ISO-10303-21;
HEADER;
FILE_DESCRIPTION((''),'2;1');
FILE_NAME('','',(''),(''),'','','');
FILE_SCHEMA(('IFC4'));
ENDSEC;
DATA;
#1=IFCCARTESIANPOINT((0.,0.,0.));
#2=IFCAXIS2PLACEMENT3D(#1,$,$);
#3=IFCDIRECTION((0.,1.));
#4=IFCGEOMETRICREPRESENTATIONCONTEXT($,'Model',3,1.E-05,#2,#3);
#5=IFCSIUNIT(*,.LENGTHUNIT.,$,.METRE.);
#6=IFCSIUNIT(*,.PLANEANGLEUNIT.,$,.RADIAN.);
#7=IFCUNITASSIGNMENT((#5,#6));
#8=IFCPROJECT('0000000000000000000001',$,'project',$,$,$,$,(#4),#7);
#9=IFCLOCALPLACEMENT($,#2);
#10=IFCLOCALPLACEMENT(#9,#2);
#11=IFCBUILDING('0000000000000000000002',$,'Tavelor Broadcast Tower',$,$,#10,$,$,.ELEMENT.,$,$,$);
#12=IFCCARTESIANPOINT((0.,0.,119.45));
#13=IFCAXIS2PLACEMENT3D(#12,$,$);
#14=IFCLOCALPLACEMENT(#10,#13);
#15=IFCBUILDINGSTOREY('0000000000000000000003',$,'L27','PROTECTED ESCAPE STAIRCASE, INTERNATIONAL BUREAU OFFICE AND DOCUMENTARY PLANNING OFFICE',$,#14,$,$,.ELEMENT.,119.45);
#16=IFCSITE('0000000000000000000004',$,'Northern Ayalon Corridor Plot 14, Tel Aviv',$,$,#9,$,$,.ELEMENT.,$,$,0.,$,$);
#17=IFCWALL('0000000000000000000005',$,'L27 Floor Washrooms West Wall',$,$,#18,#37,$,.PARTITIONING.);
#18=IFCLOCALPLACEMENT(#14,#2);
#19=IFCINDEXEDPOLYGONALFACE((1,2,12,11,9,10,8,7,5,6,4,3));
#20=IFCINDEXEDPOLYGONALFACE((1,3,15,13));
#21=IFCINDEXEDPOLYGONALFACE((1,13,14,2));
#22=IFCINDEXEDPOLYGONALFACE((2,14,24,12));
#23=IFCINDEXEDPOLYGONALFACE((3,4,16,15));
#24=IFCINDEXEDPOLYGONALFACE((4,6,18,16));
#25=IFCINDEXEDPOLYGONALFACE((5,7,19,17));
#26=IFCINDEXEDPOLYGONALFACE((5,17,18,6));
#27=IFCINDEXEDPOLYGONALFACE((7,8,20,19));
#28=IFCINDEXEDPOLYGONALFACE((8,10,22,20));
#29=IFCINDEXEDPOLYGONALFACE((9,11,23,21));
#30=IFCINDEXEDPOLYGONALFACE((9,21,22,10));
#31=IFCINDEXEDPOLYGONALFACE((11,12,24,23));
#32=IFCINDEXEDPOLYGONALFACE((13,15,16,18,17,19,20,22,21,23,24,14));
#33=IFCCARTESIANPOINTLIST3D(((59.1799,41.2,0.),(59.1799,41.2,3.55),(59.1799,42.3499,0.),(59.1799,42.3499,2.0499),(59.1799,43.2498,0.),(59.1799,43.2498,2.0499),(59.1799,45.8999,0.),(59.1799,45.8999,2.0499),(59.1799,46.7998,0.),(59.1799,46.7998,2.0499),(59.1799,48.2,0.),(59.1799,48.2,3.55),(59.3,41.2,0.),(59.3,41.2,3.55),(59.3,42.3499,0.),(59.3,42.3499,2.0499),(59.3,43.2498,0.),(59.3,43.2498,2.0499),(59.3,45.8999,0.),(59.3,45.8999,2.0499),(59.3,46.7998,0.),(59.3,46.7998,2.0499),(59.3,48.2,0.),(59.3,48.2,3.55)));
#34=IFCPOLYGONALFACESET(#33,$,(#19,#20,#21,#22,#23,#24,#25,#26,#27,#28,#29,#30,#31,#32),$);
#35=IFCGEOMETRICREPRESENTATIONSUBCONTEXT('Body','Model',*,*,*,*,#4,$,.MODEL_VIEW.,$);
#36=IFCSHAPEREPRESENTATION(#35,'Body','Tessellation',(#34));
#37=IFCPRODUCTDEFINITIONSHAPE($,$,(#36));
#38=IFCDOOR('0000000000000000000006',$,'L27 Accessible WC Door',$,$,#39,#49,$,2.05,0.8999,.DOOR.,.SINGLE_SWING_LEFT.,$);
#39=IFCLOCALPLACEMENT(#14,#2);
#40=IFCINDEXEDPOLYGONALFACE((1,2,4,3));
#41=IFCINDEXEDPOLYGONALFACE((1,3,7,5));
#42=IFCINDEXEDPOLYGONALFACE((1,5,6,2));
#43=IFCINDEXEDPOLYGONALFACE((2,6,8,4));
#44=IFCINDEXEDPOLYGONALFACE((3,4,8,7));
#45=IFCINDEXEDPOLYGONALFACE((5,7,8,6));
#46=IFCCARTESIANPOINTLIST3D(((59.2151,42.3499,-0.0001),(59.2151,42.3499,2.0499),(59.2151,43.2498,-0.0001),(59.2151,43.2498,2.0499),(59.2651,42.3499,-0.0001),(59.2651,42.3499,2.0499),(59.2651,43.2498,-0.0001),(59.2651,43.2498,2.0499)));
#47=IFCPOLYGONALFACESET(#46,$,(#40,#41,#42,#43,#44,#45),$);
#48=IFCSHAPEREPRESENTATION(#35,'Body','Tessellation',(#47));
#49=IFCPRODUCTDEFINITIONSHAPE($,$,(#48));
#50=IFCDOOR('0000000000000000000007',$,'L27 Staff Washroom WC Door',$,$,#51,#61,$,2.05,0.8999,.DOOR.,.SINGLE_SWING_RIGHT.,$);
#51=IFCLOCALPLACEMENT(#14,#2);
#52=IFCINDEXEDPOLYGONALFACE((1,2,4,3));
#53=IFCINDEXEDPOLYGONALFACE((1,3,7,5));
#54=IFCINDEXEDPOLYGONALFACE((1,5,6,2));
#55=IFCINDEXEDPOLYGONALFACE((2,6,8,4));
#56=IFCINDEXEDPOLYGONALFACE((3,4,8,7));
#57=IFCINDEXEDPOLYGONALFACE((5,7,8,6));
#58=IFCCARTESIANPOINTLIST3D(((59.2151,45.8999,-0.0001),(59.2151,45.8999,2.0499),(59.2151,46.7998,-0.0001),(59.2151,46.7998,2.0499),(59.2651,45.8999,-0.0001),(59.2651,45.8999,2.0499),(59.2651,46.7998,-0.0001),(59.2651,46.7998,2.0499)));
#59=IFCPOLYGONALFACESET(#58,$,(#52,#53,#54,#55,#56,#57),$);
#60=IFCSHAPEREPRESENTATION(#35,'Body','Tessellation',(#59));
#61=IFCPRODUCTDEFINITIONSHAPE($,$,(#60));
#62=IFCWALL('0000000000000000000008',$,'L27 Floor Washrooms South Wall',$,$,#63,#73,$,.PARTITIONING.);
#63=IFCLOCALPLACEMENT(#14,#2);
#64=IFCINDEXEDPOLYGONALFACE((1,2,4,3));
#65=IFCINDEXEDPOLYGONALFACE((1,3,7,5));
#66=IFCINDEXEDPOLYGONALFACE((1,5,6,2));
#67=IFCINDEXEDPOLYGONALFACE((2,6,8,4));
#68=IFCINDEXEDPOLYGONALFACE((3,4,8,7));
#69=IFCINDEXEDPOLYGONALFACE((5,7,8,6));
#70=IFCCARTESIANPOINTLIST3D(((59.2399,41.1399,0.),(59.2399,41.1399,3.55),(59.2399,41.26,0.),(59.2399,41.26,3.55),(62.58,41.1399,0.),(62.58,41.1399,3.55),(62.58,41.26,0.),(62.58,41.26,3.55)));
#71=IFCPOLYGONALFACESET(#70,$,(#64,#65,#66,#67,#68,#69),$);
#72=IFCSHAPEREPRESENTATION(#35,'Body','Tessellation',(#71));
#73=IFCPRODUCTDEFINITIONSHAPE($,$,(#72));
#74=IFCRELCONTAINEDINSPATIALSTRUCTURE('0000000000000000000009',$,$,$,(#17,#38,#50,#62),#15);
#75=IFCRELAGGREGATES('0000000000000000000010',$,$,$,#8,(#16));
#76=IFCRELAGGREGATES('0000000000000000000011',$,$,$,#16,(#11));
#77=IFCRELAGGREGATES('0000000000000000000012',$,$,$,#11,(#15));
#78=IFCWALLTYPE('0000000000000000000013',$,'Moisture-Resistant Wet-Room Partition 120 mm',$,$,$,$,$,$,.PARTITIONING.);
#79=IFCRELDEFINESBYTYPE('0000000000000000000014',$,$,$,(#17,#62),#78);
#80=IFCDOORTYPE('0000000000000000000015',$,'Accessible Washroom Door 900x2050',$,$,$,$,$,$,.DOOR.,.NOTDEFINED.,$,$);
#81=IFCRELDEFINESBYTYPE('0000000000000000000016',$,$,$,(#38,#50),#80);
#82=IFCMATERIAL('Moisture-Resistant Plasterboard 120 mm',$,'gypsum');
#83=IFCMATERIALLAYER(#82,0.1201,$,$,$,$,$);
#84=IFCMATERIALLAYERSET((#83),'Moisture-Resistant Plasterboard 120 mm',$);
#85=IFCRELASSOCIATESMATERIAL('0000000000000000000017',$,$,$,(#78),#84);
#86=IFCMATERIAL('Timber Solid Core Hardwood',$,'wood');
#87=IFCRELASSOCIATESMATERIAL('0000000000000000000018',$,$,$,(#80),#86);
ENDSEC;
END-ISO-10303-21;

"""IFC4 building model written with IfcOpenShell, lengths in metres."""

from ifc_helpers import new_model, si_unit, direction, frame, frame_2d, origin, place, context, subcontext, project, spatial, rectangle, extrude, material, layer, layer_set, type_object, element, fill, save


model = new_model("IFC4")

# Units and contexts
model_context = context("Model", 3, precision=1e-05, world=origin(), true_north=direction((0.0, 1.0)))
body_context = subcontext(model_context, "Body", "Model", "MODEL_VIEW")
ifc_project = project(units=[si_unit("LENGTHUNIT", "METRE"), si_unit("PLANEANGLEUNIT", "RADIAN")], contexts=[model_context])

# Site, building, storey
site_placement = place(None, origin())
site = spatial("IfcSite", under=ifc_project, at=site_placement, Name="Northern Ayalon Corridor Plot 14, Tel Aviv", CompositionType="ELEMENT", RefElevation=0.0)
building_placement = place(site_placement, origin())
building = spatial("IfcBuilding", under=site, at=building_placement, Name="Tavelor Broadcast Tower", CompositionType="ELEMENT")
storey_placement = place(building_placement, frame((0.0, 0.0, 119.45)))
storey = spatial("IfcBuildingStorey", under=building, at=storey_placement, Name="L27", Description="PROTECTED ESCAPE STAIRCASE, INTERNATIONAL BUREAU OFFICE AND DOCUMENTARY PLANNING OFFICE", CompositionType="ELEMENT", Elevation=119.45)

# Shared definitions
ifc_material_1 = material(Name="Timber Solid Core Hardwood", Category="wood")

# Wall, openings, doors
ifc_material_2 = material(Name="Moisture-Resistant Plasterboard 120 mm", Category="gypsum")
ifc_layer_1 = layer(ifc_material_2, 0.1201)
ifc_layer_set_1 = layer_set([ifc_layer_1], Name="Moisture-Resistant Plasterboard 120 mm")
wall_type_1 = type_object("IfcWallType", Name="Moisture-Resistant Wet-Room Partition 120 mm", PredefinedType="PARTITIONING", material=ifc_layer_set_1)
wall_1_placement = place(storey_placement, frame((59.24, 41.2, 0.0), z_axis=(0.0, 0.0, 1.0), x_axis=(0.0, 1.0, 0.0)))
wall_1 = element("IfcWall", 1, at=wall_1_placement, inside=storey, type_object=wall_type_1, Name="L27 Floor Washrooms West Wall", PredefinedType="PARTITIONING", context=body_context, shape_type="SweptSolid", body=[
    extrude(rectangle(XDim=7.0, YDim=0.1201, at=frame_2d((3.5, 0.0))), origin(), (0.0, 0.0, 1.0), 3.55),
])
opening_1_placement = place(wall_1_placement, frame((1.1499, 0.0, 0.0)))
opening_1 = element("IfcOpeningElement", 2, at=opening_1_placement, cuts=wall_1, PredefinedType="OPENING", context=body_context, shape_type="SweptSolid", body=[
    extrude(rectangle(XDim=0.8999, YDim=2.05, at=frame_2d((0.45, 1.0249))), frame((0.0, 0.0701, 0.0), z_axis=(0.0, -1.0, 0.0), x_axis=(1.0, 0.0, 0.0)), (0.0, 0.0, 1.0), 0.1401),
])
opening_2_placement = place(wall_1_placement, frame((4.7, 0.0, 0.0)))
opening_2 = element("IfcOpeningElement", 3, at=opening_2_placement, cuts=wall_1, PredefinedType="OPENING", context=body_context, shape_type="SweptSolid", body=[
    extrude(rectangle(XDim=0.8999, YDim=2.05, at=frame_2d((0.45, 1.0249))), frame((0.0, 0.0701, 0.0), z_axis=(0.0, -1.0, 0.0), x_axis=(1.0, 0.0, 0.0)), (0.0, 0.0, 1.0), 0.1401),
])
door_type_1 = type_object("IfcDoorType", Name="Accessible Washroom Door 900x2050", OperationType="NOTDEFINED", PredefinedType="DOOR", material=ifc_material_1)
door_1_placement = place(opening_1_placement, origin())
door_1 = element("IfcDoor", 4, at=door_1_placement, inside=storey, type_object=door_type_1, Name="L27 Accessible WC Door", OperationType="SINGLE_SWING_LEFT", OverallHeight=2.05, OverallWidth=0.8999, PredefinedType="DOOR", context=body_context, shape_type="SweptSolid", body=[
    extrude(rectangle(XDim=0.8999, YDim=2.05, at=frame_2d((0.45, 1.0249))), frame((0.0, 0.0249, 0.0), z_axis=(0.0, -1.0, 0.0), x_axis=(1.0, 0.0, 0.0)), (0.0, 0.0, 1.0), 0.05),
])
fill(opening_1, door_1)
door_2_placement = place(opening_2_placement, origin())
door_2 = element("IfcDoor", 5, at=door_2_placement, inside=storey, type_object=door_type_1, Name="L27 Staff Washroom WC Door", OperationType="SINGLE_SWING_RIGHT", OverallHeight=2.05, OverallWidth=0.8999, PredefinedType="DOOR", context=body_context, shape_type="SweptSolid", body=[
    extrude(rectangle(XDim=0.8999, YDim=2.05, at=frame_2d((0.45, 1.0249))), frame((0.0, 0.0249, 0.0), z_axis=(0.0, -1.0, 0.0), x_axis=(1.0, 0.0, 0.0)), (0.0, 0.0, 1.0), 0.05),
])
fill(opening_2, door_2)

# Wall
wall_2_placement = place(storey_placement, frame((59.24, 41.2, 0.0), z_axis=(0.0, 0.0, 1.0), x_axis=(1.0, 0.0, 0.0)))
element("IfcWall", 6, at=wall_2_placement, inside=storey, type_object=wall_type_1, Name="L27 Floor Washrooms South Wall", PredefinedType="PARTITIONING", context=body_context, shape_type="SweptSolid", body=[
    extrude(rectangle(XDim=3.3401, YDim=0.1201, at=frame_2d((1.6699, 0.0))), origin(), (0.0, 0.0, 1.0), 3.55),
])

save(model, "model.ifc")
